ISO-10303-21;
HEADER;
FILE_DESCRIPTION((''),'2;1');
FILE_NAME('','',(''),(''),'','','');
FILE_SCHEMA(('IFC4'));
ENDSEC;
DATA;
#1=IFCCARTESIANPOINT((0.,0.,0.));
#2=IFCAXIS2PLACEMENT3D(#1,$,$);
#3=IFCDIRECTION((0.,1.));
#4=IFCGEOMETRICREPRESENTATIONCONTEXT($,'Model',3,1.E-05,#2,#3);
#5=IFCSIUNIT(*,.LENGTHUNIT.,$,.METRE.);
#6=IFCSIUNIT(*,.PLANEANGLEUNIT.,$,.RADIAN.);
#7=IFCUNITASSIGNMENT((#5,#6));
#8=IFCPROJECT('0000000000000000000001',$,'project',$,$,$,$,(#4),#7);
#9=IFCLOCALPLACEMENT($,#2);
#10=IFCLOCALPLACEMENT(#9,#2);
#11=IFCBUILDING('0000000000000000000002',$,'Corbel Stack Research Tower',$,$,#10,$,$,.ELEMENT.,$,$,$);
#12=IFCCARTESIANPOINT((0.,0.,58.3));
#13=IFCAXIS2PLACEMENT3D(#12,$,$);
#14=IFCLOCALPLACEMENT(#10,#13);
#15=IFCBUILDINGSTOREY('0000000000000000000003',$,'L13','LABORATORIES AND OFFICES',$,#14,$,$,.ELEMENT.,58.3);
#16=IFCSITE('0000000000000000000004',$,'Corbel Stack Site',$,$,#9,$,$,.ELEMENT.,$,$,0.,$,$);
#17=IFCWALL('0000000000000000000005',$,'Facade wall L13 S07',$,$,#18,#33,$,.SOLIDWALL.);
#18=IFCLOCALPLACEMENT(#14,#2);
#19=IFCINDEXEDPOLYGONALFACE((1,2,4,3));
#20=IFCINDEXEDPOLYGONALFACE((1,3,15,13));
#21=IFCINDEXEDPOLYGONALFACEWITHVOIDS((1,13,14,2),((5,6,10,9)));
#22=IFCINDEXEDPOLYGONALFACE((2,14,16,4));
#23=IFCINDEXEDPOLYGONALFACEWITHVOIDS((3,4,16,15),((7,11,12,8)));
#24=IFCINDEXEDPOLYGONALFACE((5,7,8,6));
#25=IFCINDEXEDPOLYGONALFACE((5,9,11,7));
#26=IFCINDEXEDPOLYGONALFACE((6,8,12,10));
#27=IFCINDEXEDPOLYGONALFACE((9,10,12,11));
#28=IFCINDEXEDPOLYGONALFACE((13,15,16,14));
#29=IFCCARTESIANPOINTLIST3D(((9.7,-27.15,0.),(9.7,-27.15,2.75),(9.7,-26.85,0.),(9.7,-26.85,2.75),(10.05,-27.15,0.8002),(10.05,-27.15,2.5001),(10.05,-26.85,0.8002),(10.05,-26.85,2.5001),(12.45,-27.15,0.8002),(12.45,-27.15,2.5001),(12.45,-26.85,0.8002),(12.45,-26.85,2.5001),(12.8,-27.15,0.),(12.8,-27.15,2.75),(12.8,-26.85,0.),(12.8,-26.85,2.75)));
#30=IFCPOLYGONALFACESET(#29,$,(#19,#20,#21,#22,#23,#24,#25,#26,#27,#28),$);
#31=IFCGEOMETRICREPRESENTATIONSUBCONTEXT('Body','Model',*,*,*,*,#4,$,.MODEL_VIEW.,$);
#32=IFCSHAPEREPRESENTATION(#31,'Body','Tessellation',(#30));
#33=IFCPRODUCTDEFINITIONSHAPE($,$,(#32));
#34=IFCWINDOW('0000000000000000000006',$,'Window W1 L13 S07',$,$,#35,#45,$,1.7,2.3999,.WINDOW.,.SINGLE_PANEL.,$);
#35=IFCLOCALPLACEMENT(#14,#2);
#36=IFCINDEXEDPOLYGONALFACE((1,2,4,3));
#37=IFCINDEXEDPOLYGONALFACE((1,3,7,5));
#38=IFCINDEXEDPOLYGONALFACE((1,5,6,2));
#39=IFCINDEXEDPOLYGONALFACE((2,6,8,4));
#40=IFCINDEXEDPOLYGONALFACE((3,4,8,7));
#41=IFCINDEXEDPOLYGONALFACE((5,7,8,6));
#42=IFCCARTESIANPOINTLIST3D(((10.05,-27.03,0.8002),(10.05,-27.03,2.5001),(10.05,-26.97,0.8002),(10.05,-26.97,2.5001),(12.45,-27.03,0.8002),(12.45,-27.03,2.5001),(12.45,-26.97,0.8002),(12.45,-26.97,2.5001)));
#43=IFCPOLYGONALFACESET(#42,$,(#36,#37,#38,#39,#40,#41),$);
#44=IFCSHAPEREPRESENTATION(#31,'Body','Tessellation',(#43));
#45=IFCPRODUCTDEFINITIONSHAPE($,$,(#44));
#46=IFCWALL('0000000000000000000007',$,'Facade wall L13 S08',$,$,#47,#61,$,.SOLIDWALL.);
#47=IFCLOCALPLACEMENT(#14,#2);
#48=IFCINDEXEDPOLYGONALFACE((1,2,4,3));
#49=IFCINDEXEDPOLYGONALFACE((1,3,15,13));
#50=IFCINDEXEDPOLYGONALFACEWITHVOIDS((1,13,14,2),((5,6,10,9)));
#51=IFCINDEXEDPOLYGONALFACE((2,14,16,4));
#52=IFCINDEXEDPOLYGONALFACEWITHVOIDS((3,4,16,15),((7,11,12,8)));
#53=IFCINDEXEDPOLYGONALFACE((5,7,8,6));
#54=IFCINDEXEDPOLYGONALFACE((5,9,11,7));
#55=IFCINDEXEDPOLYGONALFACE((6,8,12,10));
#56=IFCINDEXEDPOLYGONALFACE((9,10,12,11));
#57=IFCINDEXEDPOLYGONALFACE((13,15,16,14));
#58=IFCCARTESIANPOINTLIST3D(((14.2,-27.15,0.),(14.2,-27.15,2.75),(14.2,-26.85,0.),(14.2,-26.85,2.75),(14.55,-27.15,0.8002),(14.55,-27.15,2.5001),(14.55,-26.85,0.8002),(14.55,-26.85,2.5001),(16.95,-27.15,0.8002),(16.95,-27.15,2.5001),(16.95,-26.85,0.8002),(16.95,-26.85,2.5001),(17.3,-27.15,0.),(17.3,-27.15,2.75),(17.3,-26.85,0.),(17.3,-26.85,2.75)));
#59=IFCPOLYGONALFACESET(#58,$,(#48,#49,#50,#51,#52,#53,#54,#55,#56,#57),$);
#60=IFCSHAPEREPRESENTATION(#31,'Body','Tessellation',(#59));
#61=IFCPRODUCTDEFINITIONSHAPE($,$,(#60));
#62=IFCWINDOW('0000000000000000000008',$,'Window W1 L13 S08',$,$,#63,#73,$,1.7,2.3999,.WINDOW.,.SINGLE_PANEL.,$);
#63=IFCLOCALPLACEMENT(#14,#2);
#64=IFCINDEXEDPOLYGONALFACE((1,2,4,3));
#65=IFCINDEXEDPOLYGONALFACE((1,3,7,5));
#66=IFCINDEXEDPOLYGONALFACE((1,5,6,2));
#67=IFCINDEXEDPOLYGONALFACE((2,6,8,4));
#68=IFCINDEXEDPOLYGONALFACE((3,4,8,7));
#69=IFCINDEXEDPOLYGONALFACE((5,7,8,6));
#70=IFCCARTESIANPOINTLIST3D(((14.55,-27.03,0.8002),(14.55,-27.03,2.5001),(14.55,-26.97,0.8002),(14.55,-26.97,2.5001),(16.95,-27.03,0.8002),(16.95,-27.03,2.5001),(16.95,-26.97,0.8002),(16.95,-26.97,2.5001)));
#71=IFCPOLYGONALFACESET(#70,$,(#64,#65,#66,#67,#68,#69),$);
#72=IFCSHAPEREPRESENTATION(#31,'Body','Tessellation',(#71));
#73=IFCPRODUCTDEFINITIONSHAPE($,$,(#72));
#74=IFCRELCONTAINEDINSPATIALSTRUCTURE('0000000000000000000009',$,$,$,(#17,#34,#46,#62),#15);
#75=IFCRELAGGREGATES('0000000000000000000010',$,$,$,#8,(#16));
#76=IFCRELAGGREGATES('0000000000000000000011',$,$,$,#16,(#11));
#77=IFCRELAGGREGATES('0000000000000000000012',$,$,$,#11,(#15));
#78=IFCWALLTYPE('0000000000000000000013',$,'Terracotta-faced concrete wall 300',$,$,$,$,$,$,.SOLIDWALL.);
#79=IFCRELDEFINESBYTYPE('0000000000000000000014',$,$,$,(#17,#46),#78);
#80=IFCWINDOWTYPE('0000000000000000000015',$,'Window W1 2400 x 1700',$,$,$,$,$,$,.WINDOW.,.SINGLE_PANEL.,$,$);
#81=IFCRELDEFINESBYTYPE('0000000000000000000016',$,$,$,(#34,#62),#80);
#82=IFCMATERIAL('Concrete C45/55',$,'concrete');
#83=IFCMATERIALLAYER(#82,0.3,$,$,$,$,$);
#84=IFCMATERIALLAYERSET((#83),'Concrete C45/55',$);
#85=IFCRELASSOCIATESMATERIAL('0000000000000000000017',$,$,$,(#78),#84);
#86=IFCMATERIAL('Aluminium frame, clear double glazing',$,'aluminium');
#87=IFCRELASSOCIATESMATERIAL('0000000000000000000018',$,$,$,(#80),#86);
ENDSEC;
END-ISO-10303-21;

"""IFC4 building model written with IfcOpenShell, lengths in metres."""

from ifc_helpers import new_model, si_unit, direction, frame, frame_2d, origin, place, context, subcontext, project, spatial, rectangle, extrude, material, layer, layer_set, type_object, element, fill, save


model = new_model("IFC4")

# Units and contexts
model_context = context("Model", 3, precision=1e-05, world=origin(), true_north=direction((0.0, 1.0)))
body_context = subcontext(model_context, "Body", "Model", "MODEL_VIEW")
ifc_project = project(units=[si_unit("LENGTHUNIT", "METRE"), si_unit("PLANEANGLEUNIT", "RADIAN")], contexts=[model_context])

# Site, building, storey
site_placement = place(None, origin())
site = spatial("IfcSite", under=ifc_project, at=site_placement, Name="Corbel Stack Site", CompositionType="ELEMENT", RefElevation=0.0)
building_placement = place(site_placement, origin())
building = spatial("IfcBuilding", under=site, at=building_placement, Name="Corbel Stack Research Tower", CompositionType="ELEMENT")
storey_placement = place(building_placement, frame((0.0, 0.0, 58.3)))
storey = spatial("IfcBuildingStorey", under=building, at=storey_placement, Name="L13", Description="LABORATORIES AND OFFICES", CompositionType="ELEMENT", Elevation=58.3)

# Walls, openings, windows
ifc_material_1 = material(Name="Concrete C45/55", Category="concrete")
ifc_layer_1 = layer(ifc_material_1, 0.3)
ifc_layer_set_1 = layer_set([ifc_layer_1], Name="Concrete C45/55")
wall_type_1 = type_object("IfcWallType", Name="Terracotta-faced concrete wall 300", PredefinedType="SOLIDWALL", material=ifc_layer_set_1)
wall_1_placement = place(storey_placement, frame((12.8, -27.0, 0.0), z_axis=(0.0, 0.0, 1.0), x_axis=(-1.0, 0.0, 0.0)))
wall_1 = element("IfcWall", 1, at=wall_1_placement, inside=storey, type_object=wall_type_1, Name="Facade wall L13 S07", PredefinedType="SOLIDWALL", context=body_context, shape_type="SweptSolid", body=[
    extrude(rectangle(XDim=3.1001, YDim=0.3, at=frame_2d((1.55, 0.0))), origin(), (0.0, 0.0, 1.0), 2.75),
])
opening_1_placement = place(wall_1_placement, frame((0.3501, 0.0, 0.8)))
opening_1 = element("IfcOpeningElement", 2, at=opening_1_placement, cuts=wall_1, PredefinedType="OPENING", context=body_context, shape_type="SweptSolid", body=[
    extrude(rectangle(XDim=2.3999, YDim=1.7, at=frame_2d((1.2, 0.8501))), frame((0.0, 0.1599, 0.0), z_axis=(0.0, -1.0, 0.0), x_axis=(1.0, 0.0, 0.0)), (0.0, 0.0, 1.0), 0.3201),
])
ifc_material_2 = material(Name="Aluminium frame, clear double glazing", Category="aluminium")
window_type = type_object("IfcWindowType", Name="Window W1 2400 x 1700", PartitioningType="SINGLE_PANEL", PredefinedType="WINDOW", material=ifc_material_2)
window_1_placement = place(opening_1_placement, origin())
window_1 = element("IfcWindow", 3, at=window_1_placement, inside=storey, type_object=window_type, Name="Window W1 L13 S07", OverallHeight=1.7, OverallWidth=2.3999, PartitioningType="SINGLE_PANEL", PredefinedType="WINDOW", context=body_context, shape_type="SweptSolid", body=[
    extrude(rectangle(XDim=2.3999, YDim=1.7, at=frame_2d((1.2, 0.8501))), frame((0.0, 0.03, 0.0), z_axis=(0.0, -1.0, 0.0), x_axis=(1.0, 0.0, 0.0)), (0.0, 0.0, 1.0), 0.0601),
])
fill(opening_1, window_1)
wall_2_placement = place(storey_placement, frame((17.3, -27.0, 0.0), z_axis=(0.0, 0.0, 1.0), x_axis=(-1.0, 0.0, 0.0)))
wall_2 = element("IfcWall", 4, at=wall_2_placement, inside=storey, type_object=wall_type_1, Name="Facade wall L13 S08", PredefinedType="SOLIDWALL", context=body_context, shape_type="SweptSolid", body=[
    extrude(rectangle(XDim=3.1001, YDim=0.3, at=frame_2d((1.55, 0.0))), origin(), (0.0, 0.0, 1.0), 2.75),
])
opening_2_placement = place(wall_2_placement, frame((0.3501, 0.0, 0.8)))
opening_2 = element("IfcOpeningElement", 5, at=opening_2_placement, cuts=wall_2, PredefinedType="OPENING", context=body_context, shape_type="SweptSolid", body=[
    extrude(rectangle(XDim=2.3999, YDim=1.7, at=frame_2d((1.2, 0.8501))), frame((0.0, 0.1599, 0.0), z_axis=(0.0, -1.0, 0.0), x_axis=(1.0, 0.0, 0.0)), (0.0, 0.0, 1.0), 0.3201),
])
window_2_placement = place(opening_2_placement, origin())
window_2 = element("IfcWindow", 6, at=window_2_placement, inside=storey, type_object=window_type, Name="Window W1 L13 S08", OverallHeight=1.7, OverallWidth=2.3999, PartitioningType="SINGLE_PANEL", PredefinedType="WINDOW", context=body_context, shape_type="SweptSolid", body=[
    extrude(rectangle(XDim=2.3999, YDim=1.7, at=frame_2d((1.2, 0.8501))), frame((0.0, 0.03, 0.0), z_axis=(0.0, -1.0, 0.0), x_axis=(1.0, 0.0, 0.0)), (0.0, 0.0, 1.0), 0.0601),
])
fill(opening_2, window_2)

save(model, "model.ifc")
